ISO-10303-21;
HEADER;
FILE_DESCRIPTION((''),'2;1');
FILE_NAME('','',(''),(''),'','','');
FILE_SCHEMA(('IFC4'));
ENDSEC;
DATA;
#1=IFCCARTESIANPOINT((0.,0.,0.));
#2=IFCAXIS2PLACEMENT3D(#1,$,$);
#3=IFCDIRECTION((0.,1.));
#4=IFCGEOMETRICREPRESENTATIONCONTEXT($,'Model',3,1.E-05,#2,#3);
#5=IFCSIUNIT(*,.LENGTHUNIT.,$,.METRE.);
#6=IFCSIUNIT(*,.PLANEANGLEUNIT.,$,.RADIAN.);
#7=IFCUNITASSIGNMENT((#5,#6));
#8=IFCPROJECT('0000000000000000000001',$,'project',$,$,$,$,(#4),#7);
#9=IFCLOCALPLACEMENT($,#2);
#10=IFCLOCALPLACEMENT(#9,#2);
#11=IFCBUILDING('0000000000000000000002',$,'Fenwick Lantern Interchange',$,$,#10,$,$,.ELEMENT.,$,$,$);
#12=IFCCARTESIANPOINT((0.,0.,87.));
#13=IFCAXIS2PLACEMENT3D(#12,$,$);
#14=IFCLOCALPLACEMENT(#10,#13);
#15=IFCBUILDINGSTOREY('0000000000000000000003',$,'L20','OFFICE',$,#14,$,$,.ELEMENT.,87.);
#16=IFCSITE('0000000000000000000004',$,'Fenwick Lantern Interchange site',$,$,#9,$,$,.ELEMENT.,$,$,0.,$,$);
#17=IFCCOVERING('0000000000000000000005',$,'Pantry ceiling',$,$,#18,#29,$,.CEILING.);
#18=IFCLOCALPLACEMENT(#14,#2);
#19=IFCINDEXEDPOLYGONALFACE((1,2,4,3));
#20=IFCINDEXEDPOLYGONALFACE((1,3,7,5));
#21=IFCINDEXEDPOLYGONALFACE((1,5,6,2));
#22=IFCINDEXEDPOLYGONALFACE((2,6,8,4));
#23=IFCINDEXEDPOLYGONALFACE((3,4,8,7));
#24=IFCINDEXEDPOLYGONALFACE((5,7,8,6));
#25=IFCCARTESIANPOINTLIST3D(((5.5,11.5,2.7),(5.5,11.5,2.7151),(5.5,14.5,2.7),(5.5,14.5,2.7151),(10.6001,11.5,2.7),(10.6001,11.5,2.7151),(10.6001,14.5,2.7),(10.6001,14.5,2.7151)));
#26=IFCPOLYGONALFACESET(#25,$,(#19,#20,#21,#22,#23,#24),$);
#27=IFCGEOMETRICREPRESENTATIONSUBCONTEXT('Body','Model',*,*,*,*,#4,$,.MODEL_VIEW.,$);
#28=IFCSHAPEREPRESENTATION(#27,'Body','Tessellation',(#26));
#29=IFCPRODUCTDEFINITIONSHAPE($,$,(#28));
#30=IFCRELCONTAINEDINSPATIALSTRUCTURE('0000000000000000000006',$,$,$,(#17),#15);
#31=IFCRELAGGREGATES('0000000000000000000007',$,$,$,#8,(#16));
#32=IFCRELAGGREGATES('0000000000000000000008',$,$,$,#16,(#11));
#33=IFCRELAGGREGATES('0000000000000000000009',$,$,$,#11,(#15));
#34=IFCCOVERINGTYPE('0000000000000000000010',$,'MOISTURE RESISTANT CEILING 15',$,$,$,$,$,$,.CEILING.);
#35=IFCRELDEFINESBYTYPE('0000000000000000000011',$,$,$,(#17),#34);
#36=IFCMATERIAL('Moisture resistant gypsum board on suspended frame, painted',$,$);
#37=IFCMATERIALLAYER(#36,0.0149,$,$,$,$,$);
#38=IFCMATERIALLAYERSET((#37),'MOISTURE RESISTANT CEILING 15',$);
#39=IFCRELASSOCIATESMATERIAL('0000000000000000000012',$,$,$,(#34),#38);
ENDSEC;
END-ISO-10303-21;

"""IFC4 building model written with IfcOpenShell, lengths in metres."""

from ifc_helpers import new_model, si_unit, direction, frame, origin, place, context, subcontext, project, spatial, polyline, outline, extrude, material, layer, layer_set, type_object, element, save


model = new_model("IFC4")

# Units and contexts
model_context = context("Model", 3, precision=1e-05, world=origin(), true_north=direction((0.0, 1.0)))
body_context = subcontext(model_context, "Body", "Model", "MODEL_VIEW")
ifc_project = project(units=[si_unit("LENGTHUNIT", "METRE"), si_unit("PLANEANGLEUNIT", "RADIAN")], contexts=[model_context])

# Site, building, storey
site_placement = place(None, origin())
site = spatial("IfcSite", under=ifc_project, at=site_placement, Name="Fenwick Lantern Interchange site", CompositionType="ELEMENT", RefElevation=0.0)
building_placement = place(site_placement, origin())
building = spatial("IfcBuilding", under=site, at=building_placement, Name="Fenwick Lantern Interchange", CompositionType="ELEMENT")
storey_placement = place(building_placement, frame((0.0, 0.0, 87.0)))
storey = spatial("IfcBuildingStorey", under=building, at=storey_placement, Name="L20", Description="OFFICE", CompositionType="ELEMENT", Elevation=87.0)

# Covering
ifc_material_1 = material(Name="Moisture resistant gypsum board on suspended frame, painted")
ifc_layer_1 = layer(ifc_material_1, 0.0149)
ifc_layer_set_1 = layer_set([ifc_layer_1], Name="MOISTURE RESISTANT CEILING 15")
covering_type_1 = type_object("IfcCoveringType", Name="MOISTURE RESISTANT CEILING 15", PredefinedType="CEILING", material=ifc_layer_set_1)
covering_1_placement = place(storey_placement, frame((0.0, 0.0, 2.7)))
element("IfcCovering", 1, at=covering_1_placement, inside=storey, type_object=covering_type_1, Name="Pantry ceiling", PredefinedType="CEILING", context=body_context, shape_type="SweptSolid", body=[
    extrude(outline(polyline([(5.5, 14.5), (5.5, 11.5), (10.6001, 11.5), (10.6001, 14.5), (5.5, 14.5)])), origin(), (0.0, 0.0, 1.0), 0.0151),
])

save(model, "model.ifc")
